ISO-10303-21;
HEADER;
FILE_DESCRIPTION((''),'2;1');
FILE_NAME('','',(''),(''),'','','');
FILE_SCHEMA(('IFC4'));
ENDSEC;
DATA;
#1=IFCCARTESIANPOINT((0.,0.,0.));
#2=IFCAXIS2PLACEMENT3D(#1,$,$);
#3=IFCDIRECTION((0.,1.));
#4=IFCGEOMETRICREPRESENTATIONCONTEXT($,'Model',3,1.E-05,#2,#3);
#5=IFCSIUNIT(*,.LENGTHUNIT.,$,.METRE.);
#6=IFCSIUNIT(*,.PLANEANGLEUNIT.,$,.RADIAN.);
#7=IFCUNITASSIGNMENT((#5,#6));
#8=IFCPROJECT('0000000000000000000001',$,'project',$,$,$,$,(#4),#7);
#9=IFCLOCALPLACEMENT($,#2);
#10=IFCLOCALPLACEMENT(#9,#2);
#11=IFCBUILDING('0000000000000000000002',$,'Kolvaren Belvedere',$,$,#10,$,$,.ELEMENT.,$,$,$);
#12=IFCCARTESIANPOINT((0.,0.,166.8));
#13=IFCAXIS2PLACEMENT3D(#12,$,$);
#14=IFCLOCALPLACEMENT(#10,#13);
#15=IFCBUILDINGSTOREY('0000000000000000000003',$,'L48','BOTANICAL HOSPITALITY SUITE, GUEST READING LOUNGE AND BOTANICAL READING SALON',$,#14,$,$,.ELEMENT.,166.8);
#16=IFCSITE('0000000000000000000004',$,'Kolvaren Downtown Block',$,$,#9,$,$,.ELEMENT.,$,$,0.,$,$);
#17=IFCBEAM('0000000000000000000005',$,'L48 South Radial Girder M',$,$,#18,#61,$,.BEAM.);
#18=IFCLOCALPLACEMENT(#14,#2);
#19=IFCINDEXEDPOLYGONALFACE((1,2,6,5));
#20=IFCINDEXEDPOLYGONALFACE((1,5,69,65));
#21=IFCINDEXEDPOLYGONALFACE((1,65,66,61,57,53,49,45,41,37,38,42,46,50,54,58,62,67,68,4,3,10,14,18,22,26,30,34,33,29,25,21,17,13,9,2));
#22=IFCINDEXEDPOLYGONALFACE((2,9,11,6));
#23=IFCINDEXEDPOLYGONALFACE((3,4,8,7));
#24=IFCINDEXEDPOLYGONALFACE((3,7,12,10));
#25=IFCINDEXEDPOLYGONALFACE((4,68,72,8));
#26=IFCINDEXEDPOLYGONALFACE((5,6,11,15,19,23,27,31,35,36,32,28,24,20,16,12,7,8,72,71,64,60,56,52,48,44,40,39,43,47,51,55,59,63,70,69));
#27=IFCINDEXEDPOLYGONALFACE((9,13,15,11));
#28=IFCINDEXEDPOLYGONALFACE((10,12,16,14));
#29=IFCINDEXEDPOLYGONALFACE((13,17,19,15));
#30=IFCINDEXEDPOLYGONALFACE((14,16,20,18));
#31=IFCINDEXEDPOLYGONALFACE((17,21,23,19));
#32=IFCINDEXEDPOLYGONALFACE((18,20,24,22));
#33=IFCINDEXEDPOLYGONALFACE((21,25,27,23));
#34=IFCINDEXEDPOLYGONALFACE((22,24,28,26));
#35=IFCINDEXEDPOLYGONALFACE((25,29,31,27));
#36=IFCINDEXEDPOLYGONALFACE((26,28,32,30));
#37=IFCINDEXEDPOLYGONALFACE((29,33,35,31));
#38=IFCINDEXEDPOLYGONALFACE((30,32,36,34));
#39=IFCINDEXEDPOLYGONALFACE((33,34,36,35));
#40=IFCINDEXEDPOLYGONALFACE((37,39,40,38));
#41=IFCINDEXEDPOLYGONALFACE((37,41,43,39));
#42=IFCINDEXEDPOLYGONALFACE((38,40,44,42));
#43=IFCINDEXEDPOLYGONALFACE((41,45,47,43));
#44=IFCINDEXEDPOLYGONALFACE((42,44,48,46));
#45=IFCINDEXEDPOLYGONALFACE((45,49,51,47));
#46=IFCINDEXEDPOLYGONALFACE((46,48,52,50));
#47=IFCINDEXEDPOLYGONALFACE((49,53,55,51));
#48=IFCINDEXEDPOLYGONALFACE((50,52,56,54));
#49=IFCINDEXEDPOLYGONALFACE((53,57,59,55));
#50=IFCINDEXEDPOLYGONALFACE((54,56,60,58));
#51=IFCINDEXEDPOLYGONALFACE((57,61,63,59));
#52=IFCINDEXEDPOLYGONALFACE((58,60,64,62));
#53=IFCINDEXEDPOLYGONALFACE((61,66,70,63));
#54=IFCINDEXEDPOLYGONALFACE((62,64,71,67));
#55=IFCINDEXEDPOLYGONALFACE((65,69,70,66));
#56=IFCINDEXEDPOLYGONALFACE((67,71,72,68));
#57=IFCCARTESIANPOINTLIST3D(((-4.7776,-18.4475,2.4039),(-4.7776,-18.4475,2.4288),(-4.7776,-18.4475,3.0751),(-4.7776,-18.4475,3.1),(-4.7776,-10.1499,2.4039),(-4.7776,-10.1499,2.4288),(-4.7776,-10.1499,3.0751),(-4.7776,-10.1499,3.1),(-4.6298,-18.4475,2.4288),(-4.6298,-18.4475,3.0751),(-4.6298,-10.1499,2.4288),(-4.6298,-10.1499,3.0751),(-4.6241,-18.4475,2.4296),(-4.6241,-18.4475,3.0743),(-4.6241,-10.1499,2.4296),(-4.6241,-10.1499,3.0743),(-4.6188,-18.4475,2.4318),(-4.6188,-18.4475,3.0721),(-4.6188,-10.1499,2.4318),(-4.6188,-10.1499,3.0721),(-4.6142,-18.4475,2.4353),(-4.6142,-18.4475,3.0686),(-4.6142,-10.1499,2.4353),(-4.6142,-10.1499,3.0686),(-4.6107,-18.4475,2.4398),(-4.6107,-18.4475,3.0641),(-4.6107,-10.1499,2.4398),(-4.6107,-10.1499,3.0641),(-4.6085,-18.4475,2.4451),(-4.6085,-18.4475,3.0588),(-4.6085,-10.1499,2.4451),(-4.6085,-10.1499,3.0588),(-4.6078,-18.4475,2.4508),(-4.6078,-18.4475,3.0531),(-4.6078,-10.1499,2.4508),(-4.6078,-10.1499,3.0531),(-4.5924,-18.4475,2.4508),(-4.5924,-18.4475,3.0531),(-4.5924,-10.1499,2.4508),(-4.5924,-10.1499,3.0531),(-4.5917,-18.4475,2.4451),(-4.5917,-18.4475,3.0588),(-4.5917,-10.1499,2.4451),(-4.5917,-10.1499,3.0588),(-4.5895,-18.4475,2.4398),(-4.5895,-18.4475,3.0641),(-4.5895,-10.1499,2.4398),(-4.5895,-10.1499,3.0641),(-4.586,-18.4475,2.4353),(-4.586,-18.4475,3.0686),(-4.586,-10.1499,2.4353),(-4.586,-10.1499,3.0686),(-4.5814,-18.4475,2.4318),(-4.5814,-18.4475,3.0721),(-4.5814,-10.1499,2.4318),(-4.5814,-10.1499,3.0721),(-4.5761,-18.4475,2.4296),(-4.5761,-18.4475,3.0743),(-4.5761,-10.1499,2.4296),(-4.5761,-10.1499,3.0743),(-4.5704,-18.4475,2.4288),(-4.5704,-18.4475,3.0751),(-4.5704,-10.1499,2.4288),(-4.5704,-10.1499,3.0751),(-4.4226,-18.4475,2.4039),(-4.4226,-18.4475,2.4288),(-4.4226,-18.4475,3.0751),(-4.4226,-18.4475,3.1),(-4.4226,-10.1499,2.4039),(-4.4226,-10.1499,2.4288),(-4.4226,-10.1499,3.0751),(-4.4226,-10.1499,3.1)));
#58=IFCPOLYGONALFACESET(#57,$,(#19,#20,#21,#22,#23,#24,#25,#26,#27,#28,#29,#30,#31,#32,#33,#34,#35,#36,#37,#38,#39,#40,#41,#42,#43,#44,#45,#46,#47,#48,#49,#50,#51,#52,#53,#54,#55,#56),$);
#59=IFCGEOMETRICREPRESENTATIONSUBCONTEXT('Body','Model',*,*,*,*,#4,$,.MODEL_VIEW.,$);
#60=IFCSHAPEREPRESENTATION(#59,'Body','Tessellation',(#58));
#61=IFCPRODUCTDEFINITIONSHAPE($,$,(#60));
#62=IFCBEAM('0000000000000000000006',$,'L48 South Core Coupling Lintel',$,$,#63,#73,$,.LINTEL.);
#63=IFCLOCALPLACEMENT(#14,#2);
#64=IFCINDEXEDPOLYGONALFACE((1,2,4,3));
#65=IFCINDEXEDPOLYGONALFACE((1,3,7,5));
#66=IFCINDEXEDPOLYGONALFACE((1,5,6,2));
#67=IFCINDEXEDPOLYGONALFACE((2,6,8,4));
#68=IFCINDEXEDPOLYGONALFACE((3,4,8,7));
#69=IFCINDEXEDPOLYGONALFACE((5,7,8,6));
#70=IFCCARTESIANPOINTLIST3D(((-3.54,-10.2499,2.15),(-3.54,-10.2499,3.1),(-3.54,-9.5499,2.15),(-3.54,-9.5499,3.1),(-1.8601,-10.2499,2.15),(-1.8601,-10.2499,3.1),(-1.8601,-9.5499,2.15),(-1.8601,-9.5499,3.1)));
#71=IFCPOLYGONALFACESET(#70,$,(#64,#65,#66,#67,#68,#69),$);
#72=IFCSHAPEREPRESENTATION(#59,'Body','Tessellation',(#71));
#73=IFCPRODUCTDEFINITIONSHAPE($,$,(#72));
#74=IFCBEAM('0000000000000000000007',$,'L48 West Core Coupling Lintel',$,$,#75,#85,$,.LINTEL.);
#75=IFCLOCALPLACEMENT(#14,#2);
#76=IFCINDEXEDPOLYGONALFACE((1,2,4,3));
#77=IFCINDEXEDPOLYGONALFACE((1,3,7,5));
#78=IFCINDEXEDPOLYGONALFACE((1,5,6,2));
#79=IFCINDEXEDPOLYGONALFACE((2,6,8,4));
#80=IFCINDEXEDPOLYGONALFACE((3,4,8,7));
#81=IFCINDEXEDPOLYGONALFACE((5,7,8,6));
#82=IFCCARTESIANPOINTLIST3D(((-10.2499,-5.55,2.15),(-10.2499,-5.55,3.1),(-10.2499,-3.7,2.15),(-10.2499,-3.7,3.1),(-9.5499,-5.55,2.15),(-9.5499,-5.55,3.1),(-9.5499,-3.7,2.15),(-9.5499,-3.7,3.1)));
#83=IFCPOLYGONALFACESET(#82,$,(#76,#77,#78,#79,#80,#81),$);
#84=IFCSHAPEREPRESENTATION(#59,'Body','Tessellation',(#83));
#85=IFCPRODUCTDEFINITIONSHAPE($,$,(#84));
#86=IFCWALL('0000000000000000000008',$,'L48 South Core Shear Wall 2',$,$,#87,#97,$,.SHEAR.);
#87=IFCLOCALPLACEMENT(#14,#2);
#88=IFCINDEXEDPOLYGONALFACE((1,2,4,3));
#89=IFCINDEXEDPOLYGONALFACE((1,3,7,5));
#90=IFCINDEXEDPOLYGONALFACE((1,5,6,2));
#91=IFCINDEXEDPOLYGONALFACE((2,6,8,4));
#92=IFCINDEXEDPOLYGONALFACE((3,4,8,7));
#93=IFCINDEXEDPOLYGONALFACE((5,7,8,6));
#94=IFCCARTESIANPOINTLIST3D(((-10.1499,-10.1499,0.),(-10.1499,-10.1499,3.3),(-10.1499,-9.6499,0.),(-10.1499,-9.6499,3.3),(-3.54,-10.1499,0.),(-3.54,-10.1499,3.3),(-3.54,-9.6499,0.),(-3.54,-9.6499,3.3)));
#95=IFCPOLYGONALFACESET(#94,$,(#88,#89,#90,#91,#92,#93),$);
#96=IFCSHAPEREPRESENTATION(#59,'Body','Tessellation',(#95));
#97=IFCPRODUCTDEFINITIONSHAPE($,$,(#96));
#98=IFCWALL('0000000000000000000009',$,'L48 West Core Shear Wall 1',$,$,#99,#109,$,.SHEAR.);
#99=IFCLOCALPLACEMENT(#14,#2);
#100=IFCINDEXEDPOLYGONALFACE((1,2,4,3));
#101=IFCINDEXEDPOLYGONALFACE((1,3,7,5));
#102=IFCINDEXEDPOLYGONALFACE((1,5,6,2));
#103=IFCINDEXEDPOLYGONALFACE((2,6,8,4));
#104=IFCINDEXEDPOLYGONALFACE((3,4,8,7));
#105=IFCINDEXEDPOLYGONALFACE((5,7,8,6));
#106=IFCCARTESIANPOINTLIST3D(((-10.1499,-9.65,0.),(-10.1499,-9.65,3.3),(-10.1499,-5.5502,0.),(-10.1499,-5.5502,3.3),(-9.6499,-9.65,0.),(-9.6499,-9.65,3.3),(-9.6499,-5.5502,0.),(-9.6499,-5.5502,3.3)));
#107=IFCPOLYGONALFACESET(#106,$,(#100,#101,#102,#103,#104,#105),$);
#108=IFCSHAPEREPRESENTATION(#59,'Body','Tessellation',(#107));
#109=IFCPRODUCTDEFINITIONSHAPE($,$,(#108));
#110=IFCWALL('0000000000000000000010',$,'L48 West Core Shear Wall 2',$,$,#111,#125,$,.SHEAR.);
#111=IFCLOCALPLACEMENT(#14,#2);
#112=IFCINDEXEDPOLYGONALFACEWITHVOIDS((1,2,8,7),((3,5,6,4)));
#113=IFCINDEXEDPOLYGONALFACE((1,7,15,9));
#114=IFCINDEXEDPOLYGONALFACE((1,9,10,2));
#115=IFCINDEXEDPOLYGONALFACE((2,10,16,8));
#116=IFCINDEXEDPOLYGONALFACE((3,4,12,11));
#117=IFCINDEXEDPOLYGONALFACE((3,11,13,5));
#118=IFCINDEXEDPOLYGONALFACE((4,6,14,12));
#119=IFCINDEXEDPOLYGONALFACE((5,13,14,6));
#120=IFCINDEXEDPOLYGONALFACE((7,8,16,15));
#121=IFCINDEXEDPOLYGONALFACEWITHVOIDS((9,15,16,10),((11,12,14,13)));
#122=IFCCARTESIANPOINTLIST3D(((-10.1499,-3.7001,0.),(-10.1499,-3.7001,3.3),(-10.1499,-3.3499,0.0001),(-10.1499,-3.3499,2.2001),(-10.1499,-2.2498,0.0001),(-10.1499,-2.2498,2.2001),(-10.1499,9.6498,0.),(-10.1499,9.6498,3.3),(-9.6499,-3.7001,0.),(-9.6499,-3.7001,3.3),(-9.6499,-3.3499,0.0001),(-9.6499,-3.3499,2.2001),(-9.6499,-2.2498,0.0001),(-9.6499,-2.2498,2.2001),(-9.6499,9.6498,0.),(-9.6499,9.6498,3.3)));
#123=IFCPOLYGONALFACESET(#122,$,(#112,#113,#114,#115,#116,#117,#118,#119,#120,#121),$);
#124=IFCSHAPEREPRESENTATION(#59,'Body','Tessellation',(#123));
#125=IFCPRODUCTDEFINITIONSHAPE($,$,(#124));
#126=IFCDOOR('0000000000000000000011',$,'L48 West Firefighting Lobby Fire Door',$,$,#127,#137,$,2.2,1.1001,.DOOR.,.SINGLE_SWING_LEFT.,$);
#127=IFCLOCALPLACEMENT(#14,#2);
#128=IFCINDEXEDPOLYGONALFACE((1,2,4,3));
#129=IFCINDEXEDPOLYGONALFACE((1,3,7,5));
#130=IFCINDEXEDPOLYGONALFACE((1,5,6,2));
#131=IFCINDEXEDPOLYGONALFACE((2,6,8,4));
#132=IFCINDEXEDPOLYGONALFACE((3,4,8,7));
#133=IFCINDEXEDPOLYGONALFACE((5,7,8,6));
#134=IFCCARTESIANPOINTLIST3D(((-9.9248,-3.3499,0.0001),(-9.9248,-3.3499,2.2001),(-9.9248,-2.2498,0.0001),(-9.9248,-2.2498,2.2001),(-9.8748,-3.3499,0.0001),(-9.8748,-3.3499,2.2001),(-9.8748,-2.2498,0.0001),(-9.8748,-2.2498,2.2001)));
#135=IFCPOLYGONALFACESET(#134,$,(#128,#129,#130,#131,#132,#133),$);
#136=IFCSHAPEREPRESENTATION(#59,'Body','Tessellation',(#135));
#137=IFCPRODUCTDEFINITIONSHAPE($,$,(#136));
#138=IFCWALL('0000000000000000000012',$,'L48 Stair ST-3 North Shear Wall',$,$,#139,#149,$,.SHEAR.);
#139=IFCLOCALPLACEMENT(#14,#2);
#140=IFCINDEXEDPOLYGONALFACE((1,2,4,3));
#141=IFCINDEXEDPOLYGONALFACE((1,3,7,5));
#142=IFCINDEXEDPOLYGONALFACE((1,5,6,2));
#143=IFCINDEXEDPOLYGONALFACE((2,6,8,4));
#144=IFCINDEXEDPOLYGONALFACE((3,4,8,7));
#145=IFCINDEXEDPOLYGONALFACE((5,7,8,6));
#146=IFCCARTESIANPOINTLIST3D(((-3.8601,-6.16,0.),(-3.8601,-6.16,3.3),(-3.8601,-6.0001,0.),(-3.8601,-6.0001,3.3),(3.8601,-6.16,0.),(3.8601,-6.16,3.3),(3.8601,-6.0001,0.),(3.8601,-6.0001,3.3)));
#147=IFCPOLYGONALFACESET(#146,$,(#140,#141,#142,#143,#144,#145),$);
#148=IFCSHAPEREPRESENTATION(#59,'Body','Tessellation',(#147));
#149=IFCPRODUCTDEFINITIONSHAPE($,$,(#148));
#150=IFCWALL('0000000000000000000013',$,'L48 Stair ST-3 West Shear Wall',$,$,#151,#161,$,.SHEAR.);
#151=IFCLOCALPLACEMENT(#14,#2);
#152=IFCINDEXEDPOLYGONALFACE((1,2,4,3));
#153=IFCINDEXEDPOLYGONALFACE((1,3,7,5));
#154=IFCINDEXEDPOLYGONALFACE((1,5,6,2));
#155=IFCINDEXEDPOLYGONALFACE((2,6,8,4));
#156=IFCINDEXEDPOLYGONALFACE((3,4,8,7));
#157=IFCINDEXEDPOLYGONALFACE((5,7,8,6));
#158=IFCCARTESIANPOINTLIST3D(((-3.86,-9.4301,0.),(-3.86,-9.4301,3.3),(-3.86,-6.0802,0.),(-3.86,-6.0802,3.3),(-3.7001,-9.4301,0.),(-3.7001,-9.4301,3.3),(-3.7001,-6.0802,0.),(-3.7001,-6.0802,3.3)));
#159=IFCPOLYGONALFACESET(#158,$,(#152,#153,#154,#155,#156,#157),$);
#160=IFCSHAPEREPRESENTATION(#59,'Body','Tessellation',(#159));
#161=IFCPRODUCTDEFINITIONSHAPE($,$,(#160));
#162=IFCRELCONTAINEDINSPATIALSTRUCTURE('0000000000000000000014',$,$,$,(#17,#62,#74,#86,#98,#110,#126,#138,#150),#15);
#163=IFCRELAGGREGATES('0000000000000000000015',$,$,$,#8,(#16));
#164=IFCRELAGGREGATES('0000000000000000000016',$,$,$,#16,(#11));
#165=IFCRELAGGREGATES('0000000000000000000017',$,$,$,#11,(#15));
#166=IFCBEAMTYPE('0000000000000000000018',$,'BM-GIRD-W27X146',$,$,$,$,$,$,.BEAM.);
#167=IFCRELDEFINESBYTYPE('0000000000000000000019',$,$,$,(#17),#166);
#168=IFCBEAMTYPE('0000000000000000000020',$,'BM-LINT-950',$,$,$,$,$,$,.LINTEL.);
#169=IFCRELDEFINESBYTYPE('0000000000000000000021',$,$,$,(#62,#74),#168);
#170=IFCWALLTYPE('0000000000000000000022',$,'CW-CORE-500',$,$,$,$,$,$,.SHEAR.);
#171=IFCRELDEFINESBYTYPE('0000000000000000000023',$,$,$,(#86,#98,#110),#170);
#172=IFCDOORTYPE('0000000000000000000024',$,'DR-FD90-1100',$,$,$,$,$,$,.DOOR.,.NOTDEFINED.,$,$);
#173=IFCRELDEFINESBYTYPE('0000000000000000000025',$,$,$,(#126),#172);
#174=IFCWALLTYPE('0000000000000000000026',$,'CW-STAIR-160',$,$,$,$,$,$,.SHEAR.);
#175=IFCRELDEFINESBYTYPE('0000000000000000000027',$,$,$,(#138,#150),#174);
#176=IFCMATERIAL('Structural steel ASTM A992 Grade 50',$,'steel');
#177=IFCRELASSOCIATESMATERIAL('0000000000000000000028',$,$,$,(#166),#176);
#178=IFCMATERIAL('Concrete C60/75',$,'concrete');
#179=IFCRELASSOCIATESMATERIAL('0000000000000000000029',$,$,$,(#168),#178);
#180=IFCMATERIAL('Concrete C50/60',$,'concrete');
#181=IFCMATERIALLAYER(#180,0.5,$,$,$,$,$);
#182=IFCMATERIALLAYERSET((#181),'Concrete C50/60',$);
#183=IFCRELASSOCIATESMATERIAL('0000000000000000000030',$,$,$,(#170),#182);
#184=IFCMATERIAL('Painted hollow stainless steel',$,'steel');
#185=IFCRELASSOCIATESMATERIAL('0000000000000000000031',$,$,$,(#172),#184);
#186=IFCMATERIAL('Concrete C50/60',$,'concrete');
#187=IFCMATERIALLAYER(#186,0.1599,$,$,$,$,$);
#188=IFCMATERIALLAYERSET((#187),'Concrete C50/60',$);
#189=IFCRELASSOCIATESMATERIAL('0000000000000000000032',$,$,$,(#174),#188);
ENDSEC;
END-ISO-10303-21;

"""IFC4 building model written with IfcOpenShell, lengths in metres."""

from ifc_helpers import new_model, si_unit, direction, frame, frame_2d, origin, origin_2d, place, context, subcontext, project, spatial, rectangle, i_section, extrude, material, layer, layer_set, material_profile, profile_set, type_object, element, fill, save


model = new_model("IFC4")

# Units and contexts
model_context = context("Model", 3, precision=1e-05, world=origin(), true_north=direction((0.0, 1.0)))
body_context = subcontext(model_context, "Body", "Model", "MODEL_VIEW")
ifc_project = project(units=[si_unit("LENGTHUNIT", "METRE"), si_unit("PLANEANGLEUNIT", "RADIAN")], contexts=[model_context])

# Site, building, storey
site_placement = place(None, origin())
site = spatial("IfcSite", under=ifc_project, at=site_placement, Name="Kolvaren Downtown Block", CompositionType="ELEMENT", RefElevation=0.0)
building_placement = place(site_placement, origin())
building = spatial("IfcBuilding", under=site, at=building_placement, Name="Kolvaren Belvedere", CompositionType="ELEMENT")
storey_placement = place(building_placement, frame((0.0, 0.0, 166.8)))
storey = spatial("IfcBuildingStorey", under=building, at=storey_placement, Name="L48", Description="BOTANICAL HOSPITALITY SUITE, GUEST READING LOUNGE AND BOTANICAL READING SALON", CompositionType="ELEMENT", Elevation=166.8)

# Beams
ifc_material_1 = material(Name="Structural steel ASTM A992 Grade 50", Category="steel")
ifc_material_profile_1 = material_profile(ifc_material_1, i_section(OverallWidth=0.355, OverallDepth=0.696, WebThickness=0.0154, FlangeThickness=0.0249, FilletRadius=0.022, at=origin_2d()), Name="W27X146")
ifc_profile_set_1 = profile_set([ifc_material_profile_1], Name="Structural steel ASTM A992 Grade 50")
beam_type_1 = type_object("IfcBeamType", Name="BM-GIRD-W27X146", PredefinedType="BEAM", material=ifc_profile_set_1)
beam_1_placement = place(storey_placement, frame((-4.6001, -10.1499, 2.752), z_axis=(0.0, -1.0, 0.0), x_axis=(1.0, 0.0, 0.0)))
element("IfcBeam", 1, at=beam_1_placement, inside=storey, type_object=beam_type_1, Name="L48 South Radial Girder M", PredefinedType="BEAM", context=body_context, shape_type="SweptSolid", body=[
    extrude(i_section(OverallWidth=0.355, OverallDepth=0.696, WebThickness=0.0154, FlangeThickness=0.0249, FilletRadius=0.022, at=origin_2d()), origin(), (0.0, 0.0, 1.0), 8.2976),
])
ifc_material_2 = material(Name="Concrete C60/75", Category="concrete")
ifc_material_profile_2 = material_profile(ifc_material_2, rectangle(XDim=0.7, YDim=0.95, at=origin_2d()), Name="RC 700X950")
ifc_profile_set_2 = profile_set([ifc_material_profile_2], Name="Concrete C60/75")
beam_type_2 = type_object("IfcBeamType", Name="BM-LINT-950", PredefinedType="LINTEL", material=ifc_profile_set_2)
beam_2_placement = place(storey_placement, frame((-3.54, -9.8999, 2.625), z_axis=(1.0, 0.0, 0.0), x_axis=(0.0, 1.0, 0.0)))
element("IfcBeam", 2, at=beam_2_placement, inside=storey, type_object=beam_type_2, Name="L48 South Core Coupling Lintel", PredefinedType="LINTEL", context=body_context, shape_type="SweptSolid", body=[
    extrude(rectangle(XDim=0.7, YDim=0.95, at=origin_2d()), origin(), (0.0, 0.0, 1.0), 1.6799),
])
beam_3_placement = place(storey_placement, frame((-9.8999, -5.55, 2.625), z_axis=(0.0, 1.0, 0.0), x_axis=(-1.0, 0.0, 0.0)))
element("IfcBeam", 3, at=beam_3_placement, inside=storey, type_object=beam_type_2, Name="L48 West Core Coupling Lintel", PredefinedType="LINTEL", context=body_context, shape_type="SweptSolid", body=[
    extrude(rectangle(XDim=0.7, YDim=0.95, at=origin_2d()), origin(), (0.0, 0.0, 1.0), 1.8501),
])

# Walls
ifc_material_3 = material(Name="Concrete C50/60", Category="concrete")
ifc_layer_1 = layer(ifc_material_3, 0.5)
ifc_layer_set_1 = layer_set([ifc_layer_1], Name="Concrete C50/60")
wall_type_1 = type_object("IfcWallType", Name="CW-CORE-500", PredefinedType="SHEAR", material=ifc_layer_set_1)
wall_1_placement = place(storey_placement, frame((-3.54, -9.8999, 0.0), z_axis=(0.0, 0.0, 1.0), x_axis=(-1.0, 0.0, 0.0)))
element("IfcWall", 4, at=wall_1_placement, inside=storey, type_object=wall_type_1, Name="L48 South Core Shear Wall 2", PredefinedType="SHEAR", context=body_context, shape_type="SweptSolid", body=[
    extrude(rectangle(XDim=6.6099, YDim=0.5, at=frame_2d((3.3049, 0.0))), origin(), (0.0, 0.0, 1.0), 3.3),
])
wall_2_placement = place(storey_placement, frame((-9.8999, -9.6499, 0.0), z_axis=(0.0, 0.0, 1.0), x_axis=(0.0, 1.0, 0.0)))
element("IfcWall", 5, at=wall_2_placement, inside=storey, type_object=wall_type_1, Name="L48 West Core Shear Wall 1", PredefinedType="SHEAR", context=body_context, shape_type="SweptSolid", body=[
    extrude(rectangle(XDim=4.0999, YDim=0.5, at=frame_2d((2.0498, 0.0))), origin(), (0.0, 0.0, 1.0), 3.3),
])

# Wall, opening, door
wall_3_placement = place(storey_placement, frame((-9.8999, -3.7, 0.0), z_axis=(0.0, 0.0, 1.0), x_axis=(0.0, 1.0, 0.0)))
wall_3 = element("IfcWall", 6, at=wall_3_placement, inside=storey, type_object=wall_type_1, Name="L48 West Core Shear Wall 2", PredefinedType="SHEAR", context=body_context, shape_type="SweptSolid", body=[
    extrude(rectangle(XDim=13.3499, YDim=0.5, at=frame_2d((6.6748, 0.0))), origin(), (0.0, 0.0, 1.0), 3.3),
])
opening_1_placement = place(wall_3_placement, frame((0.3501, 0.0, 0.0)))
opening_1 = element("IfcOpeningElement", 7, at=opening_1_placement, cuts=wall_3, PredefinedType="OPENING", context=body_context, shape_type="SweptSolid", body=[
    extrude(rectangle(XDim=1.1001, YDim=2.2, at=frame_2d((0.55, 1.1001))), frame((0.0, 0.26, 0.0), z_axis=(0.0, -1.0, 0.0), x_axis=(1.0, 0.0, 0.0)), (0.0, 0.0, 1.0), 0.52),
])
ifc_material_4 = material(Name="Painted hollow stainless steel", Category="steel")
door_type_1 = type_object("IfcDoorType", Name="DR-FD90-1100", OperationType="NOTDEFINED", PredefinedType="DOOR", material=ifc_material_4)
door_1_placement = place(opening_1_placement, origin())
door_1 = element("IfcDoor", 8, at=door_1_placement, inside=storey, type_object=door_type_1, Name="L48 West Firefighting Lobby Fire Door", OperationType="SINGLE_SWING_LEFT", OverallHeight=2.2, OverallWidth=1.1001, PredefinedType="DOOR", context=body_context, shape_type="SweptSolid", body=[
    extrude(rectangle(XDim=1.1001, YDim=2.2, at=frame_2d((0.55, 1.1001))), frame((0.0, 0.0249, 0.0), z_axis=(0.0, -1.0, 0.0), x_axis=(1.0, 0.0, 0.0)), (0.0, 0.0, 1.0), 0.05),
])
fill(opening_1, door_1)

# Walls
ifc_material_5 = material(Name="Concrete C50/60", Category="concrete")
ifc_layer_2 = layer(ifc_material_5, 0.1599)
ifc_layer_set_2 = layer_set([ifc_layer_2], Name="Concrete C50/60")
wall_type_2 = type_object("IfcWallType", Name="CW-STAIR-160", PredefinedType="SHEAR", material=ifc_layer_set_2)
wall_4_placement = place(storey_placement, frame((-3.8601, -6.0801, 0.0), z_axis=(0.0, 0.0, 1.0), x_axis=(1.0, 0.0, 0.0)))
element("IfcWall", 9, at=wall_4_placement, inside=storey, type_object=wall_type_2, Name="L48 Stair ST-3 North Shear Wall", PredefinedType="SHEAR", context=body_context, shape_type="SweptSolid", body=[
    extrude(rectangle(XDim=7.7202, YDim=0.1599, at=frame_2d((3.8601, 0.0))), origin(), (0.0, 0.0, 1.0), 3.3),
])
wall_5_placement = place(storey_placement, frame((-3.78, -9.4299, 0.0), z_axis=(0.0, 0.0, 1.0), x_axis=(0.0, 1.0, 0.0)))
element("IfcWall", 10, at=wall_5_placement, inside=storey, type_object=wall_type_2, Name="L48 Stair ST-3 West Shear Wall", PredefinedType="SHEAR", context=body_context, shape_type="SweptSolid", body=[
    extrude(rectangle(XDim=3.3499, YDim=0.1599, at=frame_2d((1.6748, 0.0))), origin(), (0.0, 0.0, 1.0), 3.3),
])

save(model, "model.ifc")
